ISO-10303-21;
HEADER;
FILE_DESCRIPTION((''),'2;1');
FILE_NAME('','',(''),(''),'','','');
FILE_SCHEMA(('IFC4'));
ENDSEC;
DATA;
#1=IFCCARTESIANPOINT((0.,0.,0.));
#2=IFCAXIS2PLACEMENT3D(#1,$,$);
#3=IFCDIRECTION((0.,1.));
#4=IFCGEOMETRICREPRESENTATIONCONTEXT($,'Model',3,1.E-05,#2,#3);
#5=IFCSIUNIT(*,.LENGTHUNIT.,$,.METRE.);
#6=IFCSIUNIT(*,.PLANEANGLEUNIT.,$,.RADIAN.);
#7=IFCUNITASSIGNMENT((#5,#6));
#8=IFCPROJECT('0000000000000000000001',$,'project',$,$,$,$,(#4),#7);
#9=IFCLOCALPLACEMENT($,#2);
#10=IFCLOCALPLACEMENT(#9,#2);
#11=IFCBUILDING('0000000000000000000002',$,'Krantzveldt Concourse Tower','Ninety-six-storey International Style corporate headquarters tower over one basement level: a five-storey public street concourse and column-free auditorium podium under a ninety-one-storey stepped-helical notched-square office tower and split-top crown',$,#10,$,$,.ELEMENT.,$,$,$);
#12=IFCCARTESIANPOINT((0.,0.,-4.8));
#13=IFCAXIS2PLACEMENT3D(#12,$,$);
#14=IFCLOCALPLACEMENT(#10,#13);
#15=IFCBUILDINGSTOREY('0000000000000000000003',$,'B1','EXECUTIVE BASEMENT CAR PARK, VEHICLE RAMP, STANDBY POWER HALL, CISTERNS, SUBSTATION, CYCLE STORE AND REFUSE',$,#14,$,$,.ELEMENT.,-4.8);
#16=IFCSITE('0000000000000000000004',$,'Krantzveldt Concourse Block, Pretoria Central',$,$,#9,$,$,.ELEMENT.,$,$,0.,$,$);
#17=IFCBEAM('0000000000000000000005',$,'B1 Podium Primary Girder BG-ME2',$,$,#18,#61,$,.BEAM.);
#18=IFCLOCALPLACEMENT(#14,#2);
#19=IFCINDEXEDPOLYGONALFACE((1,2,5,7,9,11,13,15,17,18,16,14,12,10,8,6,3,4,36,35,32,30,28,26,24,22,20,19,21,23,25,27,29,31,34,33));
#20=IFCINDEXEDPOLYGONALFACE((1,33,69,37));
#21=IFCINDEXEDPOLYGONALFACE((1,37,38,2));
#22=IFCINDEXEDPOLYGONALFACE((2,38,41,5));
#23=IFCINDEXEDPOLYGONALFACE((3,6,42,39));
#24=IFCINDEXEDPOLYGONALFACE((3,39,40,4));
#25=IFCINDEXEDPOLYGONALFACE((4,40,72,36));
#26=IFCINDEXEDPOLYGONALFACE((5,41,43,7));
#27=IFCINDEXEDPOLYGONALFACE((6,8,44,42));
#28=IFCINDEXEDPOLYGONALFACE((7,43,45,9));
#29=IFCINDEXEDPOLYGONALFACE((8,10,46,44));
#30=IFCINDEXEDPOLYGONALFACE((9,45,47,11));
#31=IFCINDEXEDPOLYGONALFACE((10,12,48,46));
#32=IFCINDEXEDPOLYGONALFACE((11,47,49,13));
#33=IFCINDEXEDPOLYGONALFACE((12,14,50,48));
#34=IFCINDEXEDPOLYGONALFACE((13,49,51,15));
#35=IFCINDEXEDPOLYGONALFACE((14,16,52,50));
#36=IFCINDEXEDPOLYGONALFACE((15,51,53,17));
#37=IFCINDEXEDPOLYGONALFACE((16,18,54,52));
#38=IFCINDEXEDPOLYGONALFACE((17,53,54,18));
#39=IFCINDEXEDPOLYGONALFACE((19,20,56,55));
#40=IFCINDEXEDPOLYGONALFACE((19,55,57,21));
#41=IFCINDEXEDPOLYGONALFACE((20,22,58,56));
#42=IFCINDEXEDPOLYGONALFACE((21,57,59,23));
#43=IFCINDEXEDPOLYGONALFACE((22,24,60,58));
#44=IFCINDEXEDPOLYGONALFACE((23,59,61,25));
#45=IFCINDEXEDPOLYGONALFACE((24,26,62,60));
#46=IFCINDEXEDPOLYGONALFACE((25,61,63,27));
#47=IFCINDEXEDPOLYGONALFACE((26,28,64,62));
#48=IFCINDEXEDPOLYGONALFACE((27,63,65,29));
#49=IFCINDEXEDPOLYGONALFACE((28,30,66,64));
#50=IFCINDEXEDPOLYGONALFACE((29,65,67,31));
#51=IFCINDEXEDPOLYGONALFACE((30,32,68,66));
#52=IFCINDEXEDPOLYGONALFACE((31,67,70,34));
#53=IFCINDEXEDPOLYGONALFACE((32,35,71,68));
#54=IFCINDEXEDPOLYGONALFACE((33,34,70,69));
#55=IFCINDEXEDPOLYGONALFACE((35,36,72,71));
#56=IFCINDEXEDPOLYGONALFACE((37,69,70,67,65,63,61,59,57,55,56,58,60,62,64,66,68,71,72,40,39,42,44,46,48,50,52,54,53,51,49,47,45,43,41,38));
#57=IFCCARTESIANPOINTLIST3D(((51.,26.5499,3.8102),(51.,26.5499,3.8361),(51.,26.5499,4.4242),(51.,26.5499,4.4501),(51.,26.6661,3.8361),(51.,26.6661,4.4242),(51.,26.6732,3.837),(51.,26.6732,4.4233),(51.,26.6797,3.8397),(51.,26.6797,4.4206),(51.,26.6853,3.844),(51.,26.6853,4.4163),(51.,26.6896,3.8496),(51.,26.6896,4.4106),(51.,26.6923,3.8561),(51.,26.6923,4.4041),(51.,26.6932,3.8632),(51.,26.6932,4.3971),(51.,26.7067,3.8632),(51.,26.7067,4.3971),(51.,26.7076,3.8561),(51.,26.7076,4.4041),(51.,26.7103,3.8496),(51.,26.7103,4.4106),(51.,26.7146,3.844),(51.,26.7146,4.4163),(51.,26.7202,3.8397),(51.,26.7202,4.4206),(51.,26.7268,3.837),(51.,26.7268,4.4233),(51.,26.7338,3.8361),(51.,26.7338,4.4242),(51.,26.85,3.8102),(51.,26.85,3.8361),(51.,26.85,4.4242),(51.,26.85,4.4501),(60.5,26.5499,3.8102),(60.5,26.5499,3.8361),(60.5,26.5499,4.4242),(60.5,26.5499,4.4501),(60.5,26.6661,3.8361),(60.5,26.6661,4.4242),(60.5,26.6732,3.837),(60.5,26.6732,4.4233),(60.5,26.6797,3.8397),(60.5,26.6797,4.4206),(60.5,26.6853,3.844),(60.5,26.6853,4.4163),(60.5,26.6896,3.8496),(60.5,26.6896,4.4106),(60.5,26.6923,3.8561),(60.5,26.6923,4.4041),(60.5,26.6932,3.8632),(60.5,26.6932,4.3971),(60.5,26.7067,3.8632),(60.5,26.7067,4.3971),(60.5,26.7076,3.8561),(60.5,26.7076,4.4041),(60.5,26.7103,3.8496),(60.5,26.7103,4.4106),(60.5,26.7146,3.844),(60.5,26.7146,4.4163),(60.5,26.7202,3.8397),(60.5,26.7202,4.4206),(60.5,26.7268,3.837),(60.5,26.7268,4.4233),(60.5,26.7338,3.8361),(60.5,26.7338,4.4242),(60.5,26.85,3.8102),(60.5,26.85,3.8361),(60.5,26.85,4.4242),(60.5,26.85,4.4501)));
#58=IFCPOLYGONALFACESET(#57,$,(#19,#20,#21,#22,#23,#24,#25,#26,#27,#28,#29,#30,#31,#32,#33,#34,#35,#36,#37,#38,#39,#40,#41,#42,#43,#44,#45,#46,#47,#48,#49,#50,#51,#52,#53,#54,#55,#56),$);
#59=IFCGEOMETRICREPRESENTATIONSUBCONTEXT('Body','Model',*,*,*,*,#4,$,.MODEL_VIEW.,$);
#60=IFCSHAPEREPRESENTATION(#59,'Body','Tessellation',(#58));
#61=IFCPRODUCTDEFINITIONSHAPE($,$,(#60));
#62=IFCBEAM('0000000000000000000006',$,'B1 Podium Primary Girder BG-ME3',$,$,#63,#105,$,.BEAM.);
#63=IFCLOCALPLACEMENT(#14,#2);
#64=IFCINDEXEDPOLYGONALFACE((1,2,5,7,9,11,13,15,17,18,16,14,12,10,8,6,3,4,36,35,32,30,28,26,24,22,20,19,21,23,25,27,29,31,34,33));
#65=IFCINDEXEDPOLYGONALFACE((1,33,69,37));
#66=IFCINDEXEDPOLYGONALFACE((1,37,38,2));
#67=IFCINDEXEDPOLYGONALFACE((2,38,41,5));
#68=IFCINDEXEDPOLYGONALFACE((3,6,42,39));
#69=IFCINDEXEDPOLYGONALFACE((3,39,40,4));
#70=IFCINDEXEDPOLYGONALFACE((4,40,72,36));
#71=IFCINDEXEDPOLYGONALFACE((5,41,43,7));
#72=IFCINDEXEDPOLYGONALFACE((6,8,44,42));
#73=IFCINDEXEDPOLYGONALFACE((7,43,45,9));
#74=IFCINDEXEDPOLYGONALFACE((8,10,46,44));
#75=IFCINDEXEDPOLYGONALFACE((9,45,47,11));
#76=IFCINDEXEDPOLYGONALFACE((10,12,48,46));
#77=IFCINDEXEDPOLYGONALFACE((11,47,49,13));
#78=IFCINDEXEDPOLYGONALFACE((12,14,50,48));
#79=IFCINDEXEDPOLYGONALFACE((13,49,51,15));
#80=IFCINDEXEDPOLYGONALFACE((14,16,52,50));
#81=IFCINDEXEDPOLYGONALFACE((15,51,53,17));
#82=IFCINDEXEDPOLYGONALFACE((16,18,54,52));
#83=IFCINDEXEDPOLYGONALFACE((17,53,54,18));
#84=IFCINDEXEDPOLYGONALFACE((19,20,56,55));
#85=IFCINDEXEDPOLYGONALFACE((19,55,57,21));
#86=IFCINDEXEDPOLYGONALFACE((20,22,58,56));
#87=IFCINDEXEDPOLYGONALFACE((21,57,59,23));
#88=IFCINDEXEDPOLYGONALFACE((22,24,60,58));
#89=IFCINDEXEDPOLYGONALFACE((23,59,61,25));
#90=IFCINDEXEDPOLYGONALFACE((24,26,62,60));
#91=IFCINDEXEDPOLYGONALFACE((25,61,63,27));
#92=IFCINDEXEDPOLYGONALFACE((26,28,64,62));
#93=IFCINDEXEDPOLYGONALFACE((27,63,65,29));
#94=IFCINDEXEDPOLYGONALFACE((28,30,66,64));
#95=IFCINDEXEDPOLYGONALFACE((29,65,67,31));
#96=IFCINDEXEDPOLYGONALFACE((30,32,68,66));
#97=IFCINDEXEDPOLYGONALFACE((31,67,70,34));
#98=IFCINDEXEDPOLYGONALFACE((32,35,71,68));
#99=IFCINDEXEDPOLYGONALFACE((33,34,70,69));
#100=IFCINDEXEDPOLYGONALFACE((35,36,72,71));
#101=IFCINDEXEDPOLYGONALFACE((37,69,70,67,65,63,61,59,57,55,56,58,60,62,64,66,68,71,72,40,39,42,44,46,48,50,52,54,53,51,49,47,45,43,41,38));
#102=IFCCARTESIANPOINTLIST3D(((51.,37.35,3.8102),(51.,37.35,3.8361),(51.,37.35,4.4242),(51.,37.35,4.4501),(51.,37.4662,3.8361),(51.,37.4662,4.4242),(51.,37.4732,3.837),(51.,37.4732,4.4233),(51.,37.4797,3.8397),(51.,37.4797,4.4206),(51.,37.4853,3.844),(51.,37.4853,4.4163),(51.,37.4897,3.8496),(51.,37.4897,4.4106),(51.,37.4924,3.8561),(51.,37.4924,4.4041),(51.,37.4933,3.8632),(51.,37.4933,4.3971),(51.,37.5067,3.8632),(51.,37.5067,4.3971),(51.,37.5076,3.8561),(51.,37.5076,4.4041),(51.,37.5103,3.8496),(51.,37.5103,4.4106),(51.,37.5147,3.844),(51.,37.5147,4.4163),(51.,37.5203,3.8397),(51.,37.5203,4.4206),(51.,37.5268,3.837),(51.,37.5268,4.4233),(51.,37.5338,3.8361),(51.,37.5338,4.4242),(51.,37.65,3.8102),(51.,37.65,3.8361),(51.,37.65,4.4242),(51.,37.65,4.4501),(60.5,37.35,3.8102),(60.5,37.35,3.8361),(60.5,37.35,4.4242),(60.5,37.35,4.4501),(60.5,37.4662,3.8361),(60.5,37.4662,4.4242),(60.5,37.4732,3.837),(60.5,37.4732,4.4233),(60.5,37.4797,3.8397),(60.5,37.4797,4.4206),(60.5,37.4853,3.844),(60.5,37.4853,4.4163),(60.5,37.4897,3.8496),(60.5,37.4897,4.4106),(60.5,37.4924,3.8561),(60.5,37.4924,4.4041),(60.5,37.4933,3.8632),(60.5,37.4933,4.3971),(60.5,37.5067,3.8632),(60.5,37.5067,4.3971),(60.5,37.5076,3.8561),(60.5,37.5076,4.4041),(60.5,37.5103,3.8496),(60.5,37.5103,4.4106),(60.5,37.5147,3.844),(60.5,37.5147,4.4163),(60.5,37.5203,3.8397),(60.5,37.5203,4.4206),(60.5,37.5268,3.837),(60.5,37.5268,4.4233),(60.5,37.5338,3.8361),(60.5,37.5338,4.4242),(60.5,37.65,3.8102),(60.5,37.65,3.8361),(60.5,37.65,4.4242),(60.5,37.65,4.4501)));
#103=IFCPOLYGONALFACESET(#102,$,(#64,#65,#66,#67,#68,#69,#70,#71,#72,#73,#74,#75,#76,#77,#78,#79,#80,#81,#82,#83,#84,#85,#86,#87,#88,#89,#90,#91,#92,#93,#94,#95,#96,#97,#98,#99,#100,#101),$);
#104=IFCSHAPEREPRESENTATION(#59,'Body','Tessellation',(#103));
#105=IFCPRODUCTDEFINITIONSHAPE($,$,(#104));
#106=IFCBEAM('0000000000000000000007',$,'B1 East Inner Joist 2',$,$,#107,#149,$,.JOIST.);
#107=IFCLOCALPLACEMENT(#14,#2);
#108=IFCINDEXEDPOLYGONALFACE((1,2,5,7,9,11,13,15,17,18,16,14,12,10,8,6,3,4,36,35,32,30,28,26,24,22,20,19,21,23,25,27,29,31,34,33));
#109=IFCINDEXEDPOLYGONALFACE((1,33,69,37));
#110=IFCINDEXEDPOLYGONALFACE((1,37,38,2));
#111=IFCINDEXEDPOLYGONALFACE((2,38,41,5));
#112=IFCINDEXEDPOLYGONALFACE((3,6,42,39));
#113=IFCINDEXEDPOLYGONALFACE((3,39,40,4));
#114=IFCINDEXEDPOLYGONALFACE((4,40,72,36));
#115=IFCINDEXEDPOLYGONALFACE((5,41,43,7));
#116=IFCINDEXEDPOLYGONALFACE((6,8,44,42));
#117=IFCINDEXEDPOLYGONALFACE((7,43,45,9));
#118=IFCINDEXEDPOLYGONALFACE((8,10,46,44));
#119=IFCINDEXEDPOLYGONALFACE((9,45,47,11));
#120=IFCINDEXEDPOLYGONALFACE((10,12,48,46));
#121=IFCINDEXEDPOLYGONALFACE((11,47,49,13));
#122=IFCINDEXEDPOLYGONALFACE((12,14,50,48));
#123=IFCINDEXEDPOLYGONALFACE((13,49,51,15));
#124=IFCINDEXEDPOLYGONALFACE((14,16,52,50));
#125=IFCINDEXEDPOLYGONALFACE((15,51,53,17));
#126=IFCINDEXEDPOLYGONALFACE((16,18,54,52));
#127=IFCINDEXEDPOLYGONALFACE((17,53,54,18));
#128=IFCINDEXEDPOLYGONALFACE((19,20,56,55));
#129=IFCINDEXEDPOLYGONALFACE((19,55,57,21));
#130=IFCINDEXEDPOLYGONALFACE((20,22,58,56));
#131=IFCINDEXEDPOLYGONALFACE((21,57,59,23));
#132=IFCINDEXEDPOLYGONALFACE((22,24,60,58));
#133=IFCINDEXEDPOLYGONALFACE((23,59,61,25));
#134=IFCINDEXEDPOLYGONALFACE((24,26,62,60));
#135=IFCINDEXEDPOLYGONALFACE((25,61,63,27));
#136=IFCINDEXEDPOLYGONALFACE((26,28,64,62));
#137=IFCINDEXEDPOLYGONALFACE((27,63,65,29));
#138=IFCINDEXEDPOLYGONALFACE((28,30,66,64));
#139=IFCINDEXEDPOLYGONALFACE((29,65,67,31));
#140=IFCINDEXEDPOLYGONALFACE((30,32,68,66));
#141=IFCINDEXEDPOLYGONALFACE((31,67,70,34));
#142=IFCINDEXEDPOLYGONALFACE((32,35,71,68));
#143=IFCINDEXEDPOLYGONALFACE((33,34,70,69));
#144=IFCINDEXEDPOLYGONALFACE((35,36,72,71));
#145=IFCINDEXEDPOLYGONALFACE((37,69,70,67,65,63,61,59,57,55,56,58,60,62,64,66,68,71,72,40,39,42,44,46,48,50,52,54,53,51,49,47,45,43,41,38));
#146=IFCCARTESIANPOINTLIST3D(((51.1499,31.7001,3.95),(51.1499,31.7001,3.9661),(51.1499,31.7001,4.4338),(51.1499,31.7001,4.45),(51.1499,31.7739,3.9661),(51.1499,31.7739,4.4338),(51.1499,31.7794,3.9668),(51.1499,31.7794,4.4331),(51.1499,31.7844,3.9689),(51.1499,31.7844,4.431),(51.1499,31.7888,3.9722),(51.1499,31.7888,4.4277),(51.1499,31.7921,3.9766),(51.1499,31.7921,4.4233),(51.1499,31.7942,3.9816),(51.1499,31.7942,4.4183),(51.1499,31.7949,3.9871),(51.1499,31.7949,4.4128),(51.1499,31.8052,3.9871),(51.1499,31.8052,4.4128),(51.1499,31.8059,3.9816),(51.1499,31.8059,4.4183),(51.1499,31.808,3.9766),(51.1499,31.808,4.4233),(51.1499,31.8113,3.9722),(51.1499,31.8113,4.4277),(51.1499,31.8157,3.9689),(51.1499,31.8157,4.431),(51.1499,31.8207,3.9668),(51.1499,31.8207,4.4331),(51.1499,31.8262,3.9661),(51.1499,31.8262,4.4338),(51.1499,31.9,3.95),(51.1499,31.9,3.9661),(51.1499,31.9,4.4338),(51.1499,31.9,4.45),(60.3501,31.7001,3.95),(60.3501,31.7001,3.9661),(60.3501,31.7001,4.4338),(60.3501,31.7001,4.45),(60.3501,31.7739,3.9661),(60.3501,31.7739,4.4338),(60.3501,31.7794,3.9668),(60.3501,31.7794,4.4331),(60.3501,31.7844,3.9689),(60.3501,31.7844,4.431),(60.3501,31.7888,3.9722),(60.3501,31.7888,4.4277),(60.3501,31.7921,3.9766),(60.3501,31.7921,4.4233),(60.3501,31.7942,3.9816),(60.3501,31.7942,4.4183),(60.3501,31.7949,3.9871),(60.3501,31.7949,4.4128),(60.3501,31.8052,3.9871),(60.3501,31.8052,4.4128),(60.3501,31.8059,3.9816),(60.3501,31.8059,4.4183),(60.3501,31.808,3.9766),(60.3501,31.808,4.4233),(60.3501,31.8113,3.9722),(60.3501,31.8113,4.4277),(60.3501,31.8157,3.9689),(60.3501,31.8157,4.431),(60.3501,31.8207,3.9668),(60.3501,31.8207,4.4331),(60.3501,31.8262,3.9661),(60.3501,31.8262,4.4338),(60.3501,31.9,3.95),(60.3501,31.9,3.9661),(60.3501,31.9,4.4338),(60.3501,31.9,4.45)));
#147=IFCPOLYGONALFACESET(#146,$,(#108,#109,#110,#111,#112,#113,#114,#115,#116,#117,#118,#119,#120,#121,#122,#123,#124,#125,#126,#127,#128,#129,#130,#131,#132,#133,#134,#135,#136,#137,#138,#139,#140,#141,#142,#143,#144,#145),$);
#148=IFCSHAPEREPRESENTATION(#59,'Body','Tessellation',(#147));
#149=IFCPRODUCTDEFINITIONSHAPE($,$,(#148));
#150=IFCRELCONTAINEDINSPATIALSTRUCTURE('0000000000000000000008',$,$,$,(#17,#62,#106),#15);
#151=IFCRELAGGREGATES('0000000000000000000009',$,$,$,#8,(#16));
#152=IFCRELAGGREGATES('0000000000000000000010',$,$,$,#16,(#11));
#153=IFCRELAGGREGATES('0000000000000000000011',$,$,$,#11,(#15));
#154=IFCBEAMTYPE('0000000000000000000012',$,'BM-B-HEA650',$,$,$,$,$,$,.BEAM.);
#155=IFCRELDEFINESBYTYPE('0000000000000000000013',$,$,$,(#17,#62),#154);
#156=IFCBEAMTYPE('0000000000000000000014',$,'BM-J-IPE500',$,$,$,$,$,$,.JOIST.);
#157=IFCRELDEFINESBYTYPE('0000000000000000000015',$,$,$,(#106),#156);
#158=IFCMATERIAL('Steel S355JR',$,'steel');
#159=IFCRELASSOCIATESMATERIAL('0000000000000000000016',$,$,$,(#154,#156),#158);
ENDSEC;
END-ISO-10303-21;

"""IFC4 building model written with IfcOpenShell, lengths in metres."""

from ifc_helpers import new_model, si_unit, direction, frame, origin, origin_2d, place, context, subcontext, project, spatial, i_section, extrude, source, transform, mapped, material, material_profile, profile_set, type_object, type_shapes, element, save


model = new_model("IFC4")

# Units and contexts
model_context = context("Model", 3, precision=1e-05, world=origin(), true_north=direction((0.0, 1.0)))
body_context = subcontext(model_context, "Body", "Model", "MODEL_VIEW")
ifc_project = project(units=[si_unit("LENGTHUNIT", "METRE"), si_unit("PLANEANGLEUNIT", "RADIAN")], contexts=[model_context])

# Site, building, storey
site_placement = place(None, origin())
site = spatial("IfcSite", under=ifc_project, at=site_placement, Name="Krantzveldt Concourse Block, Pretoria Central", CompositionType="ELEMENT", RefElevation=0.0)
building_placement = place(site_placement, origin())
building = spatial("IfcBuilding", under=site, at=building_placement, Name="Krantzveldt Concourse Tower", Description="Ninety-six-storey International Style corporate headquarters tower over one basement level: a five-storey public street concourse and column-free auditorium podium under a ninety-one-storey stepped-helical notched-square office tower and split-top crown", CompositionType="ELEMENT")
storey_placement = place(building_placement, frame((0.0, 0.0, -4.8)))
storey = spatial("IfcBuildingStorey", under=building, at=storey_placement, Name="B1", Description="EXECUTIVE BASEMENT CAR PARK, VEHICLE RAMP, STANDBY POWER HALL, CISTERNS, SUBSTATION, CYCLE STORE AND REFUSE", CompositionType="ELEMENT", Elevation=-4.8)

# Beams
ifc_material_1 = material(Name="Steel S355JR", Category="steel")
ifc_material_profile_1 = material_profile(ifc_material_1, i_section(OverallWidth=0.3, OverallDepth=0.6399, WebThickness=0.0134, FlangeThickness=0.0259, FilletRadius=0.0271, at=origin_2d()), Name="Steel S355JR", Category="steel")
ifc_profile_set_1 = profile_set([ifc_material_profile_1], Name="Steel S355JR - HEA 650")
beam_type_1 = type_object("IfcBeamType", Name="BM-B-HEA650", PredefinedType="BEAM", material=ifc_profile_set_1)
shared_shape_1 = source(origin(), body_context, "Body", "SweptSolid", [
    extrude(i_section(OverallWidth=0.3, OverallDepth=0.6399, WebThickness=0.0134, FlangeThickness=0.0259, FilletRadius=0.0271, at=origin_2d()), origin(), (0.0, 0.0, 1.0), 9.5),
])
type_shapes(beam_type_1, [shared_shape_1])
for number, where, z_axis, x_axis, name in (
    (1, (51.0, 26.7, 4.1301), (1.0, 0.0, 0.0), (0.0, 1.0, 0.0), "B1 Podium Primary Girder BG-ME2"),
    (2, (51.0, 37.5, 4.1301), (1.0, 0.0, 0.0), (0.0, 1.0, 0.0), "B1 Podium Primary Girder BG-ME3"),
):
    element("IfcBeam", number, at=place(storey_placement, frame(where, z_axis=z_axis, x_axis=x_axis)), inside=storey, type_object=beam_type_1, Name=name, PredefinedType="BEAM", context=body_context, shape_type="MappedRepresentation", body=[
        mapped(shared_shape_1, transform((0.0, 0.0, 0.0), x_axis=(1.0, 0.0, 0.0), y_axis=(0.0, 1.0, 0.0), z_axis=(0.0, 0.0, 1.0), scale=1.0)),
    ])
ifc_material_profile_2 = material_profile(ifc_material_1, i_section(OverallWidth=0.2, OverallDepth=0.5, WebThickness=0.0103, FlangeThickness=0.0161, FilletRadius=0.021, at=origin_2d()), Name="Steel S355JR", Category="steel")
ifc_profile_set_2 = profile_set([ifc_material_profile_2], Name="Steel S355JR - IPE 500")
beam_type_2 = type_object("IfcBeamType", Name="BM-J-IPE500", PredefinedType="JOIST", material=ifc_profile_set_2)
shared_shape_2 = source(origin(), body_context, "Body", "SweptSolid", [
    extrude(i_section(OverallWidth=0.2, OverallDepth=0.5, WebThickness=0.0103, FlangeThickness=0.0161, FilletRadius=0.021, at=origin_2d()), origin(), (0.0, 0.0, 1.0), 9.2002),
])
type_shapes(beam_type_2, [shared_shape_2])
beam_1_placement = place(storey_placement, frame((51.1499, 31.8, 4.2), z_axis=(1.0, 0.0, 0.0), x_axis=(0.0, 1.0, 0.0)))
element("IfcBeam", 3, at=beam_1_placement, inside=storey, type_object=beam_type_2, Name="B1 East Inner Joist 2", PredefinedType="JOIST", context=body_context, shape_type="MappedRepresentation", body=[
    mapped(shared_shape_2, transform((0.0, 0.0, 0.0), x_axis=(1.0, 0.0, 0.0), y_axis=(0.0, 1.0, 0.0), z_axis=(0.0, 0.0, 1.0), scale=1.0)),
])

save(model, "model.ifc")
